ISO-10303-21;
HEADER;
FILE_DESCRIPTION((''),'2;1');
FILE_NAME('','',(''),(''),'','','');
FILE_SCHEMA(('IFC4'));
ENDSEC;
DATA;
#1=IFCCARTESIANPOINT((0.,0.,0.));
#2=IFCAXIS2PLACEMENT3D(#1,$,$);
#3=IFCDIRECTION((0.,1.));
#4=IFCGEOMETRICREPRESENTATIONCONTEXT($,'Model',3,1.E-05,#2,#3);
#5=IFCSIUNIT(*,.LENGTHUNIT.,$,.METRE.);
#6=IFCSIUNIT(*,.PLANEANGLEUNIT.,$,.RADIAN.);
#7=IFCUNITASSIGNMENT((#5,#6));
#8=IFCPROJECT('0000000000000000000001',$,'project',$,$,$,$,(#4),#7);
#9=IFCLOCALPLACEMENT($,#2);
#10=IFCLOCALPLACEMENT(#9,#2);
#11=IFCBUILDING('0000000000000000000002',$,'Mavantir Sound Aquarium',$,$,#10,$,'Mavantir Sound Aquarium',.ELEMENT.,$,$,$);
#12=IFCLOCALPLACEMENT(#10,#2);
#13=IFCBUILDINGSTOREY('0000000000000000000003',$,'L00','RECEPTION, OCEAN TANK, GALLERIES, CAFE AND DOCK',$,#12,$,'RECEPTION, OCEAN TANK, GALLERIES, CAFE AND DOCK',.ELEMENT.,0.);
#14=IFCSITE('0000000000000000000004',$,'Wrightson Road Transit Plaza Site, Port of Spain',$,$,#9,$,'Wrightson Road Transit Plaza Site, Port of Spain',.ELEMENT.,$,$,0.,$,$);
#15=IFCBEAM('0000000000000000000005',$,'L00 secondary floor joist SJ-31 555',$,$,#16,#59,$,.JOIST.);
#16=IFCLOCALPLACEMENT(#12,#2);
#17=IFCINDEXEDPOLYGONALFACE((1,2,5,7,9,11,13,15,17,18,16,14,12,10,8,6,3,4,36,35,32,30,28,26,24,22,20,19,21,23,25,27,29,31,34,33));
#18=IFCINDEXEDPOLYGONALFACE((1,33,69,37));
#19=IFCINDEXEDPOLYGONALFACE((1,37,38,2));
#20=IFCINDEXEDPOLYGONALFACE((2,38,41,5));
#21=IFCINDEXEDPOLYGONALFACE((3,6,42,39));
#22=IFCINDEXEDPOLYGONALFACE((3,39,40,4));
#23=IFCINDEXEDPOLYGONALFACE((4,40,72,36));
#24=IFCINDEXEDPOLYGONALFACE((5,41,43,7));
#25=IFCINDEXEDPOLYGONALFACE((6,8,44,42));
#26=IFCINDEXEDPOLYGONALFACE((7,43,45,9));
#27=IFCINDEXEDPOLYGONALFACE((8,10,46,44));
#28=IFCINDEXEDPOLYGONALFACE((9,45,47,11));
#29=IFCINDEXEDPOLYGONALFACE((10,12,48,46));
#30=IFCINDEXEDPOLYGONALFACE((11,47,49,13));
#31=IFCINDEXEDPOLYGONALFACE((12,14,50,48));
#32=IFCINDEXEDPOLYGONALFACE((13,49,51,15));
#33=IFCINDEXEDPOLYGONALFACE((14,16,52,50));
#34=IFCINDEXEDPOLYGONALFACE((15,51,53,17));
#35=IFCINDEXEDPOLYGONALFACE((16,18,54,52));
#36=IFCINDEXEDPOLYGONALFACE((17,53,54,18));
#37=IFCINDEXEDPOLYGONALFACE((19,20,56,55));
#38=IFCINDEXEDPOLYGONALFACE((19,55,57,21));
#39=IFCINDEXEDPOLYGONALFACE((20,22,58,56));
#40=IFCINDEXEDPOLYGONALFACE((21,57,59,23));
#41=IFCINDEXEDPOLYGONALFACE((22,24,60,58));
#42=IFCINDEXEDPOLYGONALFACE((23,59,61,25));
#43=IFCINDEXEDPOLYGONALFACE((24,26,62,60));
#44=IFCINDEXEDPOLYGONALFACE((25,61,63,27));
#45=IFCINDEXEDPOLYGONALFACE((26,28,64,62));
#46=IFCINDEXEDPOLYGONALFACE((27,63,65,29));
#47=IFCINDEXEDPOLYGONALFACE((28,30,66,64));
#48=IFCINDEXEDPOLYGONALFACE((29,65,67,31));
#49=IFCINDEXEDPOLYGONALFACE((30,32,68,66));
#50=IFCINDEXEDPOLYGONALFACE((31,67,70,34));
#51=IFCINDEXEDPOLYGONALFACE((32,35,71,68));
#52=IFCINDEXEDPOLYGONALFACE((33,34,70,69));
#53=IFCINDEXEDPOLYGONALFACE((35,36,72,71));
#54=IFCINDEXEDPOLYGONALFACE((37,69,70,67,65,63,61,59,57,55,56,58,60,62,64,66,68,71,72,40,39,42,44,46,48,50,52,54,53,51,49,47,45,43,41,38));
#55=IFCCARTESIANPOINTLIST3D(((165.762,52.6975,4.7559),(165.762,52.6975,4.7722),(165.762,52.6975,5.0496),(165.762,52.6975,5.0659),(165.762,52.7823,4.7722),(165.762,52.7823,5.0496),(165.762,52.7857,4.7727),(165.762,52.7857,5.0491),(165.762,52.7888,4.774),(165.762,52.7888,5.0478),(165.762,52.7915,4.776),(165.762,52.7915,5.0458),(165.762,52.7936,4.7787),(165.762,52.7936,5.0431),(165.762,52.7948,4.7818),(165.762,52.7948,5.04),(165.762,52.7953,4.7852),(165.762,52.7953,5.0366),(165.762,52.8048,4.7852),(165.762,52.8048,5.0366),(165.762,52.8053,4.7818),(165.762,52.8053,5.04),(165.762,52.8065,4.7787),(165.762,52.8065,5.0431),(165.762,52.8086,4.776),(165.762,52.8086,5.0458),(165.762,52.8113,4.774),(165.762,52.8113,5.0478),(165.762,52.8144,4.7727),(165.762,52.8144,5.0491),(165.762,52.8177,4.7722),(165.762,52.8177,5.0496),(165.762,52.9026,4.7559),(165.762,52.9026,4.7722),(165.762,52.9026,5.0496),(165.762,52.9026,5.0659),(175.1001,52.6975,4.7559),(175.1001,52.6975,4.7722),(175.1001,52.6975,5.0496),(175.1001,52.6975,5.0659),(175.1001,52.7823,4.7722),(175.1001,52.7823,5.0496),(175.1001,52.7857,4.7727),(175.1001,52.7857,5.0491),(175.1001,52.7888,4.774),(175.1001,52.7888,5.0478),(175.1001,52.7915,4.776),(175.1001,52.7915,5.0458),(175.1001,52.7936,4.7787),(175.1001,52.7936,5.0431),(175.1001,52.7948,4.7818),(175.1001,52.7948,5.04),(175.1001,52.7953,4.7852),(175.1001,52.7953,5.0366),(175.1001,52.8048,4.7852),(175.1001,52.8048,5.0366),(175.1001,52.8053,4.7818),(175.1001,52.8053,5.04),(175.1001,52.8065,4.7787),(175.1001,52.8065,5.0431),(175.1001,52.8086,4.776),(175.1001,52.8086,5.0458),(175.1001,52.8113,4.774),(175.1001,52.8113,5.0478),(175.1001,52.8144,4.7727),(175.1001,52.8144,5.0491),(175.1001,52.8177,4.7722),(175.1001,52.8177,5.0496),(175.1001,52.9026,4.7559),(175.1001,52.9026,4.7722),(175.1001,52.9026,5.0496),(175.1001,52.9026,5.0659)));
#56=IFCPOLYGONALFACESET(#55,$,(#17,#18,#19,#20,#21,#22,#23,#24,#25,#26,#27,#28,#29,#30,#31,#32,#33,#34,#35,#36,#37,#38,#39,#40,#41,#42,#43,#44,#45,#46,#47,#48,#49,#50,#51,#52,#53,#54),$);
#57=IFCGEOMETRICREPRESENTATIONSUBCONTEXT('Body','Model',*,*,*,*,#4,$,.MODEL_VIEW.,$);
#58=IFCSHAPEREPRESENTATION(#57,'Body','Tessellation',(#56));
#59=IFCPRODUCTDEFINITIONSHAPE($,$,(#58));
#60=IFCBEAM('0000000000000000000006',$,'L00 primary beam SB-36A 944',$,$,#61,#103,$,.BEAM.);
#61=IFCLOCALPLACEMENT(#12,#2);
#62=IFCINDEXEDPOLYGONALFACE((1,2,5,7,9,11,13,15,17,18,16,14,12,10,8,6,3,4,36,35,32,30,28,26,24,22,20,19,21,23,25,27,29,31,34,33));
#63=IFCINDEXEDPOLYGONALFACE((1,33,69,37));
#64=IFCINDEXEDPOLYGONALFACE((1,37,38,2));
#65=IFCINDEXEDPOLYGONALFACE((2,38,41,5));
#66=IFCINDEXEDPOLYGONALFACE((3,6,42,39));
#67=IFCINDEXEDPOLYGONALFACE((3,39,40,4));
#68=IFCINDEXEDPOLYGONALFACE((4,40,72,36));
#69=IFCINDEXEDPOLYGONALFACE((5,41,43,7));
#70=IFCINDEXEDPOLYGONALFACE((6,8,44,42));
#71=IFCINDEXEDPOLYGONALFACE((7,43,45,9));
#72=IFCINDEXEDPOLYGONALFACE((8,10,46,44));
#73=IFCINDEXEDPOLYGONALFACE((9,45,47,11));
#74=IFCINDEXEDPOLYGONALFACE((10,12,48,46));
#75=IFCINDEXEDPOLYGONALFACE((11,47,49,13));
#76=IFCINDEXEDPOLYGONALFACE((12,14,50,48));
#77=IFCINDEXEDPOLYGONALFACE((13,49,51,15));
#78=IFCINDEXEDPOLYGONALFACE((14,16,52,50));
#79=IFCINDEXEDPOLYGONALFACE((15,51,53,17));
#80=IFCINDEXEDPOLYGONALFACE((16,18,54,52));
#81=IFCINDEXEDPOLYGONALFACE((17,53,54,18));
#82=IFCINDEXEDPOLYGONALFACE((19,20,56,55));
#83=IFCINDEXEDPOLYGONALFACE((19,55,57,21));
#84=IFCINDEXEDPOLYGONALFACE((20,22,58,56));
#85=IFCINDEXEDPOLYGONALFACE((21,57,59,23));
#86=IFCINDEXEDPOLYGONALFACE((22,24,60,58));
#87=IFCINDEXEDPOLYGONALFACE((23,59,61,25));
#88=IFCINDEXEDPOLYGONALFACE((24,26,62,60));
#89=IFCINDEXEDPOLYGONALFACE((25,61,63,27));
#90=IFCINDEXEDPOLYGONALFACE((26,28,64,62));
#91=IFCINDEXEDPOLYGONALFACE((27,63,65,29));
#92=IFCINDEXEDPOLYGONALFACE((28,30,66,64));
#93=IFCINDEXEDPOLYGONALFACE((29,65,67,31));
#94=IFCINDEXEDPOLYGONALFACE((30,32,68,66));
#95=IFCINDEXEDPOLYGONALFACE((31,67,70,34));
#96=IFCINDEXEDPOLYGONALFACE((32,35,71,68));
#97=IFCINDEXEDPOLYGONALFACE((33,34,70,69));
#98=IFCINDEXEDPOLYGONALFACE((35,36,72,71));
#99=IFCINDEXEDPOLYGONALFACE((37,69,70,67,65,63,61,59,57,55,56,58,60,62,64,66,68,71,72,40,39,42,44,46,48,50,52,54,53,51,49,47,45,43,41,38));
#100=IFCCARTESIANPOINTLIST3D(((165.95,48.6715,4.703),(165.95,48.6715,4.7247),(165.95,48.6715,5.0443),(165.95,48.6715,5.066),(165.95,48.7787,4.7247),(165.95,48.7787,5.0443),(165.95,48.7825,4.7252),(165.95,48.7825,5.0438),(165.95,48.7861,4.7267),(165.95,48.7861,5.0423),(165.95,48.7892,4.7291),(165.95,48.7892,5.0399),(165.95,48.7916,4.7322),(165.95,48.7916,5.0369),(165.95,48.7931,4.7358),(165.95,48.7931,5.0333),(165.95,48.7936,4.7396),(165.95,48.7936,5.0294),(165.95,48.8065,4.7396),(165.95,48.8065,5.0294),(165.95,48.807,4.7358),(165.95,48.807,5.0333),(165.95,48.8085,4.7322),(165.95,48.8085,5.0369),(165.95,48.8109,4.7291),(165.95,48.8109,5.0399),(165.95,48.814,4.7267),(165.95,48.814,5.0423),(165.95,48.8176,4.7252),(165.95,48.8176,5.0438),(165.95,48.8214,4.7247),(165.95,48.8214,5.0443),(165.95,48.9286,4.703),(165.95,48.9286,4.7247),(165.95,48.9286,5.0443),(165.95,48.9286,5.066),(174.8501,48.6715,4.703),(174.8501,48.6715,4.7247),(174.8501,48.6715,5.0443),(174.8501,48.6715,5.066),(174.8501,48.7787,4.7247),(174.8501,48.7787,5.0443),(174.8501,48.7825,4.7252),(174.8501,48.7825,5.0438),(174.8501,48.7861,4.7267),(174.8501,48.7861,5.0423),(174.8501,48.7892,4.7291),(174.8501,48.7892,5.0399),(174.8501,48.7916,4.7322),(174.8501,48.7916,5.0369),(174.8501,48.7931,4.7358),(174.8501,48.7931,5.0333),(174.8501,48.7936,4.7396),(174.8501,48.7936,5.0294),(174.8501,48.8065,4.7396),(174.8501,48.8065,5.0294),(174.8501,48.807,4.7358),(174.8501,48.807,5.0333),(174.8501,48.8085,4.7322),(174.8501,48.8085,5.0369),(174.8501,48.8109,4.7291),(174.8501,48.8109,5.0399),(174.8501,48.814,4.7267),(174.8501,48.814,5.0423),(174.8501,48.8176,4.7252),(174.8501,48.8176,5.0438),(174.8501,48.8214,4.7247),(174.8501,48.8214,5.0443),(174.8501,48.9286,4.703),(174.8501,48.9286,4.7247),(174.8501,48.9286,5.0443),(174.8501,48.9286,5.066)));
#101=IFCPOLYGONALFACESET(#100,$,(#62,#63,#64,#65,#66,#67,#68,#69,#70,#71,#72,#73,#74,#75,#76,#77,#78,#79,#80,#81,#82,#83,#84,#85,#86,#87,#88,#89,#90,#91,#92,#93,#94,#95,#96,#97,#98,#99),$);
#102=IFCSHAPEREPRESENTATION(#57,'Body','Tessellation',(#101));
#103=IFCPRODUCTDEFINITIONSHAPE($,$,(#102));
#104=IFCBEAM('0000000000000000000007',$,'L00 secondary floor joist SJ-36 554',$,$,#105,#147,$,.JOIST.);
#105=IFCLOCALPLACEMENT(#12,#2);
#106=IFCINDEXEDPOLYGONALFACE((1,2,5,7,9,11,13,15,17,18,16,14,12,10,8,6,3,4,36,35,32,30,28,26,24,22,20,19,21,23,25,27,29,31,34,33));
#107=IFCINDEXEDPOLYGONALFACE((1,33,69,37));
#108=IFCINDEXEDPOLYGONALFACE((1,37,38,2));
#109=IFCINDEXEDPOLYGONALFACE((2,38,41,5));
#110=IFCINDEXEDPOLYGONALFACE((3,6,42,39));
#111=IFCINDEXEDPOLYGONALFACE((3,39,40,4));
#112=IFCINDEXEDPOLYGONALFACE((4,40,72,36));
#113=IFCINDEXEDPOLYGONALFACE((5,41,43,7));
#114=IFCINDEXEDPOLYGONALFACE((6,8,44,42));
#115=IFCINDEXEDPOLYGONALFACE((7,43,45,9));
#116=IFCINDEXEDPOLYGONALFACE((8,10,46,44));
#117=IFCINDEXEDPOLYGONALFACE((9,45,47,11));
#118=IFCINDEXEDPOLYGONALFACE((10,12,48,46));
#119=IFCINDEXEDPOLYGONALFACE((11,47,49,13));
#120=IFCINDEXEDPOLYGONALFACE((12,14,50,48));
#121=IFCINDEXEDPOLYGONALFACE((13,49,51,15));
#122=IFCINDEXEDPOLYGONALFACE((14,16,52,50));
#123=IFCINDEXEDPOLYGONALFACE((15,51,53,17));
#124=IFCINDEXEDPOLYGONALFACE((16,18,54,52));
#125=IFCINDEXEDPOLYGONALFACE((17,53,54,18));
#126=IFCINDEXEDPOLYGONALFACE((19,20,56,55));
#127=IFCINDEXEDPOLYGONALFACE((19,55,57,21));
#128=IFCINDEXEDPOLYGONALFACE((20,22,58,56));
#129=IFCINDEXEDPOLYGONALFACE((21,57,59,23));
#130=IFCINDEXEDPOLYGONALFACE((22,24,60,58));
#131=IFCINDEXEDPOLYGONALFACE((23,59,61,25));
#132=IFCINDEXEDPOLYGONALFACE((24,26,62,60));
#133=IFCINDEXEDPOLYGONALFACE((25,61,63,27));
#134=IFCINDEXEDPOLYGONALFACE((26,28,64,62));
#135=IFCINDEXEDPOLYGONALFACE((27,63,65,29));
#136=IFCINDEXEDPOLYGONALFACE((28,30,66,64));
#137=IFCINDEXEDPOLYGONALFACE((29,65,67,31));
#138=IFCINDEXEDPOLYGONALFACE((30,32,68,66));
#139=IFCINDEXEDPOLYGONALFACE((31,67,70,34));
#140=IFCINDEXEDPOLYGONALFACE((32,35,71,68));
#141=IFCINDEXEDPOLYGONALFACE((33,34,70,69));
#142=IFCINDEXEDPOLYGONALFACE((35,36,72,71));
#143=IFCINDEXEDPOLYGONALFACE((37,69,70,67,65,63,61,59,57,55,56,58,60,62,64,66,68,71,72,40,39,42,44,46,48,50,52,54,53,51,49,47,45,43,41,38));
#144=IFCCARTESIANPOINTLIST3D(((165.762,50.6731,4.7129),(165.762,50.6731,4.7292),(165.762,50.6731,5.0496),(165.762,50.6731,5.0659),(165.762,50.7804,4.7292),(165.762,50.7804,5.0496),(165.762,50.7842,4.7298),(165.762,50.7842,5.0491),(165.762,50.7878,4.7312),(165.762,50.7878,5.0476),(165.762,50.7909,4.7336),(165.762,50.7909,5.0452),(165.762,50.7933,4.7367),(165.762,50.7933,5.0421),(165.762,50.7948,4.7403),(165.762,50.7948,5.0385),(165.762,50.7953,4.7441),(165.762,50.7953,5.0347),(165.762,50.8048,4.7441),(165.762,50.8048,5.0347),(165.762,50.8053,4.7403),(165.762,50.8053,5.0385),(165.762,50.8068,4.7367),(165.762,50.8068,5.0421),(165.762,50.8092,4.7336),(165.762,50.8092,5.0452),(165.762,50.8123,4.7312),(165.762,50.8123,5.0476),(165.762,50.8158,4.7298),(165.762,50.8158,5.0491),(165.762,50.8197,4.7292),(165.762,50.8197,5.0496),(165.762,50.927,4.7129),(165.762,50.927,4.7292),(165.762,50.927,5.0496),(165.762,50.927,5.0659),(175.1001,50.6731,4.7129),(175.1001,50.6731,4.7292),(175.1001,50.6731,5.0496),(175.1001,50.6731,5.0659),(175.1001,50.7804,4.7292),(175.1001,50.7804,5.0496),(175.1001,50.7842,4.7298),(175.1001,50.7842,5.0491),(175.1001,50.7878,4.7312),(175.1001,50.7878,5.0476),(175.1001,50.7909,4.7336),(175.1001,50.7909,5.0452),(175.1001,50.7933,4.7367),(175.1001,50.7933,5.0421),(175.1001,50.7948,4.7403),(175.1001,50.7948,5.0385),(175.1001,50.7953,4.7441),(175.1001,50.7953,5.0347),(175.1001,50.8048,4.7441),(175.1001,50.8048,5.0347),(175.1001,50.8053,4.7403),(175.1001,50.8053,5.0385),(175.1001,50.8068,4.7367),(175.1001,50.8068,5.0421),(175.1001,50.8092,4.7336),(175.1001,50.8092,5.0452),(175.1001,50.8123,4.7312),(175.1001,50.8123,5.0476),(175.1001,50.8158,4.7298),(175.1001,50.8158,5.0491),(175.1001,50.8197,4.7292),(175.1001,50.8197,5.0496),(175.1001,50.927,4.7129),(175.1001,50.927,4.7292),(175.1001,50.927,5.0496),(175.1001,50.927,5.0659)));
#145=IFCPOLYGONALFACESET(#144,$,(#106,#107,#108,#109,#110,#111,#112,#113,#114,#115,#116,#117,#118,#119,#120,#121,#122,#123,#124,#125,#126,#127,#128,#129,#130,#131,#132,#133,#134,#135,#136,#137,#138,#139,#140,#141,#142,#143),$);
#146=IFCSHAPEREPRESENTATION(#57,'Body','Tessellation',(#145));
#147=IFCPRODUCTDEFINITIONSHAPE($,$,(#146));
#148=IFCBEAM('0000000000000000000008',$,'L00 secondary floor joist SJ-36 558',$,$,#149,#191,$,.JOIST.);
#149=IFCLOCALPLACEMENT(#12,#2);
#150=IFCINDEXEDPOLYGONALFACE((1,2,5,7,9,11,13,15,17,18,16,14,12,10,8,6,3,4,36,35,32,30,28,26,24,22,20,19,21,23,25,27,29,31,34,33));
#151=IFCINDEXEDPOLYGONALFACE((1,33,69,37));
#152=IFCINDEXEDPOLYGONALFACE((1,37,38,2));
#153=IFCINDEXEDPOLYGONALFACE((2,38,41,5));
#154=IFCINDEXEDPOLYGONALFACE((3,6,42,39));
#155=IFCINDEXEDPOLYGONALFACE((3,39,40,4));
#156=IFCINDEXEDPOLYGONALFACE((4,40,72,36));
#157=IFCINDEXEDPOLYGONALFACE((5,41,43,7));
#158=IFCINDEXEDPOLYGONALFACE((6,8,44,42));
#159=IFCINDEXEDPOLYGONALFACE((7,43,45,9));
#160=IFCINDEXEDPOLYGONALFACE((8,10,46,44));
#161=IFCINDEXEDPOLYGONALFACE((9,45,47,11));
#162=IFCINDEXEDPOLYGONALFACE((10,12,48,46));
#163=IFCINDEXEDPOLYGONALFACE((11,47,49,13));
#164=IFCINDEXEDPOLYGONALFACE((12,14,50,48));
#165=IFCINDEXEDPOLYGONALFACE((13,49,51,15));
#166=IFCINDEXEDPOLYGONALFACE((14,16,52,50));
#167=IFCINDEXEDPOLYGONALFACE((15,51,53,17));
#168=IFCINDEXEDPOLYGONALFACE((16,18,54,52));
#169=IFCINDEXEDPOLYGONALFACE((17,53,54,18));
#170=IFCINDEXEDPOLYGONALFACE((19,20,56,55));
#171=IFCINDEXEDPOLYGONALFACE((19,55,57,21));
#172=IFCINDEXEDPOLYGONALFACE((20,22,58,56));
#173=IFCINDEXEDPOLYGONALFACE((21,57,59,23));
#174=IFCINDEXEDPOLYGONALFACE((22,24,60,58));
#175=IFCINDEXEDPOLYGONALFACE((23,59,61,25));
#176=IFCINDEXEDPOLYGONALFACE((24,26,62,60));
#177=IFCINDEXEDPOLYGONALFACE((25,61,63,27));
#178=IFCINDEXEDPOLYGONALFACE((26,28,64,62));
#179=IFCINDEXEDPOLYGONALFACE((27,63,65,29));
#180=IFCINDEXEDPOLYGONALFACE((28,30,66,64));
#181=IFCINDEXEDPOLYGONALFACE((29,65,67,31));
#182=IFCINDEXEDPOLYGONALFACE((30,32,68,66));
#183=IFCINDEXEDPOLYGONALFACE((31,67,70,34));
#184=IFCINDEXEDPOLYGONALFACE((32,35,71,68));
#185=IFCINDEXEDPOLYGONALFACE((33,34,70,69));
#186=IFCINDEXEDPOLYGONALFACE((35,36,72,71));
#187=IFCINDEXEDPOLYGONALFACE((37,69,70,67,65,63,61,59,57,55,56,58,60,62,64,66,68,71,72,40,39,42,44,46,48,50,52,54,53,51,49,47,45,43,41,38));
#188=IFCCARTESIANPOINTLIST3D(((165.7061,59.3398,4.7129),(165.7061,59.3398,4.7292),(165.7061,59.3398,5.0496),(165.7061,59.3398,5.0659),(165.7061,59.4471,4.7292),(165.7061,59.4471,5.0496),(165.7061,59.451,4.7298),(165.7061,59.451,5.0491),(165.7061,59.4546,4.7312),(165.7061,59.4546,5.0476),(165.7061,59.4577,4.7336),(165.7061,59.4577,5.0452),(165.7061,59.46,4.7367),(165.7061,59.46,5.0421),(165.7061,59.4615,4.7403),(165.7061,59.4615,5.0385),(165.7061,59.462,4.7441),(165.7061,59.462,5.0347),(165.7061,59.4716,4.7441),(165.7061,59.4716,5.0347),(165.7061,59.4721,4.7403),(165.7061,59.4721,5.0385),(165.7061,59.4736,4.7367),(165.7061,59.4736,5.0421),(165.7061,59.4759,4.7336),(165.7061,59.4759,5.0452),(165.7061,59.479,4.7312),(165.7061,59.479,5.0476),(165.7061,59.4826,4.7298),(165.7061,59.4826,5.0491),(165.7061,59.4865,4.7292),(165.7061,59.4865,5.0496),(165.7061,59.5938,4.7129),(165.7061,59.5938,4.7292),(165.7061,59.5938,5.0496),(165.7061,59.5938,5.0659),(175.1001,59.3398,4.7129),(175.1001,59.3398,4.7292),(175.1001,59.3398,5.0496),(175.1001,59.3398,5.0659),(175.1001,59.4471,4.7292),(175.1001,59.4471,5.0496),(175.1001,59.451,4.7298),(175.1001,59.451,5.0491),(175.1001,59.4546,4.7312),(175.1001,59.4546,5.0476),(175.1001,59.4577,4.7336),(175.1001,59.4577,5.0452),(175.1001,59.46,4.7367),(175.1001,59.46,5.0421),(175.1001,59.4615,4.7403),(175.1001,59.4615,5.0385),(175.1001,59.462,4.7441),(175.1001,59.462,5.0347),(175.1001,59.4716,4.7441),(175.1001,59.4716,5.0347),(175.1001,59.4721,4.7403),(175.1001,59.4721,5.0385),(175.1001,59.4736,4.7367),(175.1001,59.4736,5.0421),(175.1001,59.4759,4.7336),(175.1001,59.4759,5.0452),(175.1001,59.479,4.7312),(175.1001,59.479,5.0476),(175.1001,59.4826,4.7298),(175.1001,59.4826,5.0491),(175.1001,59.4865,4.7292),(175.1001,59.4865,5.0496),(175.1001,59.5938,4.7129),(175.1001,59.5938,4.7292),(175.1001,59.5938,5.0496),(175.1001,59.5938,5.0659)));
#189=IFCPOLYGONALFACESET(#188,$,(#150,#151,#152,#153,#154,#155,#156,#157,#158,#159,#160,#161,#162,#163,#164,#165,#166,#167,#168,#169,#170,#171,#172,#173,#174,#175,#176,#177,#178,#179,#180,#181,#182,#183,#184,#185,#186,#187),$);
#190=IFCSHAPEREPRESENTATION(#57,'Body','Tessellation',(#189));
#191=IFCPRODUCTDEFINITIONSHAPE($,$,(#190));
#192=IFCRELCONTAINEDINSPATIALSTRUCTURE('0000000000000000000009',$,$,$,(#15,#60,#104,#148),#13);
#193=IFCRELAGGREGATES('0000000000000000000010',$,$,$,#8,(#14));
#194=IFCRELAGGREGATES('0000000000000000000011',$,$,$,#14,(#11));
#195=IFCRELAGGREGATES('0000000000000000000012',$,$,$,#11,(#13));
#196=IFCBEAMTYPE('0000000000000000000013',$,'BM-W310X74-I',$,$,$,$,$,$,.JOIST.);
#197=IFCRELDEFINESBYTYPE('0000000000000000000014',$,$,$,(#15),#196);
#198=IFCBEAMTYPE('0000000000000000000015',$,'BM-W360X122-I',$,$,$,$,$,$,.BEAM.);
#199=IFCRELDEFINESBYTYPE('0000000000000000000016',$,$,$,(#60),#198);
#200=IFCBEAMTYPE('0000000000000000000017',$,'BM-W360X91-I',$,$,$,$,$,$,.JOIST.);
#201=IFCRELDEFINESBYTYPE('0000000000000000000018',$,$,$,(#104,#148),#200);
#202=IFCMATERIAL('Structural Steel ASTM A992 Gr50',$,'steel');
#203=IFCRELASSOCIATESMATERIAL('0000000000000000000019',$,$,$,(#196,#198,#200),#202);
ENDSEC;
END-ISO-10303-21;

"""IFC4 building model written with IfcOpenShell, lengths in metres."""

from ifc_helpers import new_model, si_unit, direction, frame, origin, origin_2d, place, context, subcontext, project, spatial, i_section, extrude, material, material_profile, profile_set, type_object, element, save


model = new_model("IFC4")

# Units and contexts
model_context = context("Model", 3, precision=1e-05, world=origin(), true_north=direction((0.0, 1.0)))
body_context = subcontext(model_context, "Body", "Model", "MODEL_VIEW")
ifc_project = project(units=[si_unit("LENGTHUNIT", "METRE"), si_unit("PLANEANGLEUNIT", "RADIAN")], contexts=[model_context])

# Site, building, storey
site_placement = place(None, origin())
site = spatial("IfcSite", under=ifc_project, at=site_placement, Name="Wrightson Road Transit Plaza Site, Port of Spain", LongName="Wrightson Road Transit Plaza Site, Port of Spain", CompositionType="ELEMENT", RefElevation=0.0)
building_placement = place(site_placement, origin())
building = spatial("IfcBuilding", under=site, at=building_placement, Name="Mavantir Sound Aquarium", LongName="Mavantir Sound Aquarium", CompositionType="ELEMENT")
storey_placement = place(building_placement, origin())
storey = spatial("IfcBuildingStorey", under=building, at=storey_placement, Name="L00", Description="RECEPTION, OCEAN TANK, GALLERIES, CAFE AND DOCK", LongName="RECEPTION, OCEAN TANK, GALLERIES, CAFE AND DOCK", CompositionType="ELEMENT", Elevation=0.0)

# Beams
ifc_material_1 = material(Name="Structural Steel ASTM A992 Gr50", Category="steel")
ifc_material_profile_1 = material_profile(ifc_material_1, i_section(OverallWidth=0.2051, OverallDepth=0.3101, WebThickness=0.0095, FlangeThickness=0.0164, FilletRadius=0.0129, at=origin_2d()), Name="W310X74")
ifc_profile_set_1 = profile_set([ifc_material_profile_1], Name="Structural Steel ASTM A992 Gr50")
beam_type_1 = type_object("IfcBeamType", Name="BM-W310X74-I", PredefinedType="JOIST", material=ifc_profile_set_1)
beam_1_placement = place(storey_placement, frame((165.762, 52.8, 4.9109), z_axis=(1.0, 0.0, 0.0), x_axis=(0.0, 1.0, 0.0)))
element("IfcBeam", 1, at=beam_1_placement, inside=storey, type_object=beam_type_1, Name="L00 secondary floor joist SJ-31 555", PredefinedType="JOIST", context=body_context, shape_type="SweptSolid", body=[
    extrude(i_section(OverallWidth=0.2051, OverallDepth=0.3101, WebThickness=0.0095, FlangeThickness=0.0164, FilletRadius=0.0129, at=origin_2d()), origin(), (0.0, 0.0, 1.0), 9.3381),
])
ifc_material_profile_2 = material_profile(ifc_material_1, i_section(OverallWidth=0.2571, OverallDepth=0.363, WebThickness=0.0129, FlangeThickness=0.0217, FilletRadius=0.0149, at=origin_2d()), Name="W360X122")
ifc_profile_set_2 = profile_set([ifc_material_profile_2], Name="Structural Steel ASTM A992 Gr50")
beam_type_2 = type_object("IfcBeamType", Name="BM-W360X122-I", PredefinedType="BEAM", material=ifc_profile_set_2)
beam_2_placement = place(storey_placement, frame((165.95, 48.8, 4.8845), z_axis=(1.0, 0.0, 0.0), x_axis=(0.0, 1.0, 0.0)))
element("IfcBeam", 2, at=beam_2_placement, inside=storey, type_object=beam_type_2, Name="L00 primary beam SB-36A 944", PredefinedType="BEAM", context=body_context, shape_type="SweptSolid", body=[
    extrude(i_section(OverallWidth=0.2571, OverallDepth=0.363, WebThickness=0.0129, FlangeThickness=0.0217, FilletRadius=0.0149, at=origin_2d()), origin(), (0.0, 0.0, 1.0), 8.9001),
])
ifc_material_profile_3 = material_profile(ifc_material_1, i_section(OverallWidth=0.2539, OverallDepth=0.353, WebThickness=0.0095, FlangeThickness=0.0164, FilletRadius=0.0149, at=origin_2d()), Name="W360X91")
ifc_profile_set_3 = profile_set([ifc_material_profile_3], Name="Structural Steel ASTM A992 Gr50")
beam_type_3 = type_object("IfcBeamType", Name="BM-W360X91-I", PredefinedType="JOIST", material=ifc_profile_set_3)
beam_3_placement = place(storey_placement, frame((165.762, 50.8, 4.8894), z_axis=(1.0, 0.0, 0.0), x_axis=(0.0, 1.0, 0.0)))
element("IfcBeam", 3, at=beam_3_placement, inside=storey, type_object=beam_type_3, Name="L00 secondary floor joist SJ-36 554", PredefinedType="JOIST", context=body_context, shape_type="SweptSolid", body=[
    extrude(i_section(OverallWidth=0.2539, OverallDepth=0.353, WebThickness=0.0095, FlangeThickness=0.0164, FilletRadius=0.0149, at=origin_2d()), origin(), (0.0, 0.0, 1.0), 9.3381),
])
beam_4_placement = place(storey_placement, frame((165.7061, 59.4668, 4.8894), z_axis=(1.0, 0.0, 0.0), x_axis=(0.0, 1.0, 0.0)))
element("IfcBeam", 4, at=beam_4_placement, inside=storey, type_object=beam_type_3, Name="L00 secondary floor joist SJ-36 558", PredefinedType="JOIST", context=body_context, shape_type="SweptSolid", body=[
    extrude(i_section(OverallWidth=0.2539, OverallDepth=0.353, WebThickness=0.0095, FlangeThickness=0.0164, FilletRadius=0.0149, at=origin_2d()), origin(), (0.0, 0.0, 1.0), 9.394),
])

save(model, "model.ifc")
